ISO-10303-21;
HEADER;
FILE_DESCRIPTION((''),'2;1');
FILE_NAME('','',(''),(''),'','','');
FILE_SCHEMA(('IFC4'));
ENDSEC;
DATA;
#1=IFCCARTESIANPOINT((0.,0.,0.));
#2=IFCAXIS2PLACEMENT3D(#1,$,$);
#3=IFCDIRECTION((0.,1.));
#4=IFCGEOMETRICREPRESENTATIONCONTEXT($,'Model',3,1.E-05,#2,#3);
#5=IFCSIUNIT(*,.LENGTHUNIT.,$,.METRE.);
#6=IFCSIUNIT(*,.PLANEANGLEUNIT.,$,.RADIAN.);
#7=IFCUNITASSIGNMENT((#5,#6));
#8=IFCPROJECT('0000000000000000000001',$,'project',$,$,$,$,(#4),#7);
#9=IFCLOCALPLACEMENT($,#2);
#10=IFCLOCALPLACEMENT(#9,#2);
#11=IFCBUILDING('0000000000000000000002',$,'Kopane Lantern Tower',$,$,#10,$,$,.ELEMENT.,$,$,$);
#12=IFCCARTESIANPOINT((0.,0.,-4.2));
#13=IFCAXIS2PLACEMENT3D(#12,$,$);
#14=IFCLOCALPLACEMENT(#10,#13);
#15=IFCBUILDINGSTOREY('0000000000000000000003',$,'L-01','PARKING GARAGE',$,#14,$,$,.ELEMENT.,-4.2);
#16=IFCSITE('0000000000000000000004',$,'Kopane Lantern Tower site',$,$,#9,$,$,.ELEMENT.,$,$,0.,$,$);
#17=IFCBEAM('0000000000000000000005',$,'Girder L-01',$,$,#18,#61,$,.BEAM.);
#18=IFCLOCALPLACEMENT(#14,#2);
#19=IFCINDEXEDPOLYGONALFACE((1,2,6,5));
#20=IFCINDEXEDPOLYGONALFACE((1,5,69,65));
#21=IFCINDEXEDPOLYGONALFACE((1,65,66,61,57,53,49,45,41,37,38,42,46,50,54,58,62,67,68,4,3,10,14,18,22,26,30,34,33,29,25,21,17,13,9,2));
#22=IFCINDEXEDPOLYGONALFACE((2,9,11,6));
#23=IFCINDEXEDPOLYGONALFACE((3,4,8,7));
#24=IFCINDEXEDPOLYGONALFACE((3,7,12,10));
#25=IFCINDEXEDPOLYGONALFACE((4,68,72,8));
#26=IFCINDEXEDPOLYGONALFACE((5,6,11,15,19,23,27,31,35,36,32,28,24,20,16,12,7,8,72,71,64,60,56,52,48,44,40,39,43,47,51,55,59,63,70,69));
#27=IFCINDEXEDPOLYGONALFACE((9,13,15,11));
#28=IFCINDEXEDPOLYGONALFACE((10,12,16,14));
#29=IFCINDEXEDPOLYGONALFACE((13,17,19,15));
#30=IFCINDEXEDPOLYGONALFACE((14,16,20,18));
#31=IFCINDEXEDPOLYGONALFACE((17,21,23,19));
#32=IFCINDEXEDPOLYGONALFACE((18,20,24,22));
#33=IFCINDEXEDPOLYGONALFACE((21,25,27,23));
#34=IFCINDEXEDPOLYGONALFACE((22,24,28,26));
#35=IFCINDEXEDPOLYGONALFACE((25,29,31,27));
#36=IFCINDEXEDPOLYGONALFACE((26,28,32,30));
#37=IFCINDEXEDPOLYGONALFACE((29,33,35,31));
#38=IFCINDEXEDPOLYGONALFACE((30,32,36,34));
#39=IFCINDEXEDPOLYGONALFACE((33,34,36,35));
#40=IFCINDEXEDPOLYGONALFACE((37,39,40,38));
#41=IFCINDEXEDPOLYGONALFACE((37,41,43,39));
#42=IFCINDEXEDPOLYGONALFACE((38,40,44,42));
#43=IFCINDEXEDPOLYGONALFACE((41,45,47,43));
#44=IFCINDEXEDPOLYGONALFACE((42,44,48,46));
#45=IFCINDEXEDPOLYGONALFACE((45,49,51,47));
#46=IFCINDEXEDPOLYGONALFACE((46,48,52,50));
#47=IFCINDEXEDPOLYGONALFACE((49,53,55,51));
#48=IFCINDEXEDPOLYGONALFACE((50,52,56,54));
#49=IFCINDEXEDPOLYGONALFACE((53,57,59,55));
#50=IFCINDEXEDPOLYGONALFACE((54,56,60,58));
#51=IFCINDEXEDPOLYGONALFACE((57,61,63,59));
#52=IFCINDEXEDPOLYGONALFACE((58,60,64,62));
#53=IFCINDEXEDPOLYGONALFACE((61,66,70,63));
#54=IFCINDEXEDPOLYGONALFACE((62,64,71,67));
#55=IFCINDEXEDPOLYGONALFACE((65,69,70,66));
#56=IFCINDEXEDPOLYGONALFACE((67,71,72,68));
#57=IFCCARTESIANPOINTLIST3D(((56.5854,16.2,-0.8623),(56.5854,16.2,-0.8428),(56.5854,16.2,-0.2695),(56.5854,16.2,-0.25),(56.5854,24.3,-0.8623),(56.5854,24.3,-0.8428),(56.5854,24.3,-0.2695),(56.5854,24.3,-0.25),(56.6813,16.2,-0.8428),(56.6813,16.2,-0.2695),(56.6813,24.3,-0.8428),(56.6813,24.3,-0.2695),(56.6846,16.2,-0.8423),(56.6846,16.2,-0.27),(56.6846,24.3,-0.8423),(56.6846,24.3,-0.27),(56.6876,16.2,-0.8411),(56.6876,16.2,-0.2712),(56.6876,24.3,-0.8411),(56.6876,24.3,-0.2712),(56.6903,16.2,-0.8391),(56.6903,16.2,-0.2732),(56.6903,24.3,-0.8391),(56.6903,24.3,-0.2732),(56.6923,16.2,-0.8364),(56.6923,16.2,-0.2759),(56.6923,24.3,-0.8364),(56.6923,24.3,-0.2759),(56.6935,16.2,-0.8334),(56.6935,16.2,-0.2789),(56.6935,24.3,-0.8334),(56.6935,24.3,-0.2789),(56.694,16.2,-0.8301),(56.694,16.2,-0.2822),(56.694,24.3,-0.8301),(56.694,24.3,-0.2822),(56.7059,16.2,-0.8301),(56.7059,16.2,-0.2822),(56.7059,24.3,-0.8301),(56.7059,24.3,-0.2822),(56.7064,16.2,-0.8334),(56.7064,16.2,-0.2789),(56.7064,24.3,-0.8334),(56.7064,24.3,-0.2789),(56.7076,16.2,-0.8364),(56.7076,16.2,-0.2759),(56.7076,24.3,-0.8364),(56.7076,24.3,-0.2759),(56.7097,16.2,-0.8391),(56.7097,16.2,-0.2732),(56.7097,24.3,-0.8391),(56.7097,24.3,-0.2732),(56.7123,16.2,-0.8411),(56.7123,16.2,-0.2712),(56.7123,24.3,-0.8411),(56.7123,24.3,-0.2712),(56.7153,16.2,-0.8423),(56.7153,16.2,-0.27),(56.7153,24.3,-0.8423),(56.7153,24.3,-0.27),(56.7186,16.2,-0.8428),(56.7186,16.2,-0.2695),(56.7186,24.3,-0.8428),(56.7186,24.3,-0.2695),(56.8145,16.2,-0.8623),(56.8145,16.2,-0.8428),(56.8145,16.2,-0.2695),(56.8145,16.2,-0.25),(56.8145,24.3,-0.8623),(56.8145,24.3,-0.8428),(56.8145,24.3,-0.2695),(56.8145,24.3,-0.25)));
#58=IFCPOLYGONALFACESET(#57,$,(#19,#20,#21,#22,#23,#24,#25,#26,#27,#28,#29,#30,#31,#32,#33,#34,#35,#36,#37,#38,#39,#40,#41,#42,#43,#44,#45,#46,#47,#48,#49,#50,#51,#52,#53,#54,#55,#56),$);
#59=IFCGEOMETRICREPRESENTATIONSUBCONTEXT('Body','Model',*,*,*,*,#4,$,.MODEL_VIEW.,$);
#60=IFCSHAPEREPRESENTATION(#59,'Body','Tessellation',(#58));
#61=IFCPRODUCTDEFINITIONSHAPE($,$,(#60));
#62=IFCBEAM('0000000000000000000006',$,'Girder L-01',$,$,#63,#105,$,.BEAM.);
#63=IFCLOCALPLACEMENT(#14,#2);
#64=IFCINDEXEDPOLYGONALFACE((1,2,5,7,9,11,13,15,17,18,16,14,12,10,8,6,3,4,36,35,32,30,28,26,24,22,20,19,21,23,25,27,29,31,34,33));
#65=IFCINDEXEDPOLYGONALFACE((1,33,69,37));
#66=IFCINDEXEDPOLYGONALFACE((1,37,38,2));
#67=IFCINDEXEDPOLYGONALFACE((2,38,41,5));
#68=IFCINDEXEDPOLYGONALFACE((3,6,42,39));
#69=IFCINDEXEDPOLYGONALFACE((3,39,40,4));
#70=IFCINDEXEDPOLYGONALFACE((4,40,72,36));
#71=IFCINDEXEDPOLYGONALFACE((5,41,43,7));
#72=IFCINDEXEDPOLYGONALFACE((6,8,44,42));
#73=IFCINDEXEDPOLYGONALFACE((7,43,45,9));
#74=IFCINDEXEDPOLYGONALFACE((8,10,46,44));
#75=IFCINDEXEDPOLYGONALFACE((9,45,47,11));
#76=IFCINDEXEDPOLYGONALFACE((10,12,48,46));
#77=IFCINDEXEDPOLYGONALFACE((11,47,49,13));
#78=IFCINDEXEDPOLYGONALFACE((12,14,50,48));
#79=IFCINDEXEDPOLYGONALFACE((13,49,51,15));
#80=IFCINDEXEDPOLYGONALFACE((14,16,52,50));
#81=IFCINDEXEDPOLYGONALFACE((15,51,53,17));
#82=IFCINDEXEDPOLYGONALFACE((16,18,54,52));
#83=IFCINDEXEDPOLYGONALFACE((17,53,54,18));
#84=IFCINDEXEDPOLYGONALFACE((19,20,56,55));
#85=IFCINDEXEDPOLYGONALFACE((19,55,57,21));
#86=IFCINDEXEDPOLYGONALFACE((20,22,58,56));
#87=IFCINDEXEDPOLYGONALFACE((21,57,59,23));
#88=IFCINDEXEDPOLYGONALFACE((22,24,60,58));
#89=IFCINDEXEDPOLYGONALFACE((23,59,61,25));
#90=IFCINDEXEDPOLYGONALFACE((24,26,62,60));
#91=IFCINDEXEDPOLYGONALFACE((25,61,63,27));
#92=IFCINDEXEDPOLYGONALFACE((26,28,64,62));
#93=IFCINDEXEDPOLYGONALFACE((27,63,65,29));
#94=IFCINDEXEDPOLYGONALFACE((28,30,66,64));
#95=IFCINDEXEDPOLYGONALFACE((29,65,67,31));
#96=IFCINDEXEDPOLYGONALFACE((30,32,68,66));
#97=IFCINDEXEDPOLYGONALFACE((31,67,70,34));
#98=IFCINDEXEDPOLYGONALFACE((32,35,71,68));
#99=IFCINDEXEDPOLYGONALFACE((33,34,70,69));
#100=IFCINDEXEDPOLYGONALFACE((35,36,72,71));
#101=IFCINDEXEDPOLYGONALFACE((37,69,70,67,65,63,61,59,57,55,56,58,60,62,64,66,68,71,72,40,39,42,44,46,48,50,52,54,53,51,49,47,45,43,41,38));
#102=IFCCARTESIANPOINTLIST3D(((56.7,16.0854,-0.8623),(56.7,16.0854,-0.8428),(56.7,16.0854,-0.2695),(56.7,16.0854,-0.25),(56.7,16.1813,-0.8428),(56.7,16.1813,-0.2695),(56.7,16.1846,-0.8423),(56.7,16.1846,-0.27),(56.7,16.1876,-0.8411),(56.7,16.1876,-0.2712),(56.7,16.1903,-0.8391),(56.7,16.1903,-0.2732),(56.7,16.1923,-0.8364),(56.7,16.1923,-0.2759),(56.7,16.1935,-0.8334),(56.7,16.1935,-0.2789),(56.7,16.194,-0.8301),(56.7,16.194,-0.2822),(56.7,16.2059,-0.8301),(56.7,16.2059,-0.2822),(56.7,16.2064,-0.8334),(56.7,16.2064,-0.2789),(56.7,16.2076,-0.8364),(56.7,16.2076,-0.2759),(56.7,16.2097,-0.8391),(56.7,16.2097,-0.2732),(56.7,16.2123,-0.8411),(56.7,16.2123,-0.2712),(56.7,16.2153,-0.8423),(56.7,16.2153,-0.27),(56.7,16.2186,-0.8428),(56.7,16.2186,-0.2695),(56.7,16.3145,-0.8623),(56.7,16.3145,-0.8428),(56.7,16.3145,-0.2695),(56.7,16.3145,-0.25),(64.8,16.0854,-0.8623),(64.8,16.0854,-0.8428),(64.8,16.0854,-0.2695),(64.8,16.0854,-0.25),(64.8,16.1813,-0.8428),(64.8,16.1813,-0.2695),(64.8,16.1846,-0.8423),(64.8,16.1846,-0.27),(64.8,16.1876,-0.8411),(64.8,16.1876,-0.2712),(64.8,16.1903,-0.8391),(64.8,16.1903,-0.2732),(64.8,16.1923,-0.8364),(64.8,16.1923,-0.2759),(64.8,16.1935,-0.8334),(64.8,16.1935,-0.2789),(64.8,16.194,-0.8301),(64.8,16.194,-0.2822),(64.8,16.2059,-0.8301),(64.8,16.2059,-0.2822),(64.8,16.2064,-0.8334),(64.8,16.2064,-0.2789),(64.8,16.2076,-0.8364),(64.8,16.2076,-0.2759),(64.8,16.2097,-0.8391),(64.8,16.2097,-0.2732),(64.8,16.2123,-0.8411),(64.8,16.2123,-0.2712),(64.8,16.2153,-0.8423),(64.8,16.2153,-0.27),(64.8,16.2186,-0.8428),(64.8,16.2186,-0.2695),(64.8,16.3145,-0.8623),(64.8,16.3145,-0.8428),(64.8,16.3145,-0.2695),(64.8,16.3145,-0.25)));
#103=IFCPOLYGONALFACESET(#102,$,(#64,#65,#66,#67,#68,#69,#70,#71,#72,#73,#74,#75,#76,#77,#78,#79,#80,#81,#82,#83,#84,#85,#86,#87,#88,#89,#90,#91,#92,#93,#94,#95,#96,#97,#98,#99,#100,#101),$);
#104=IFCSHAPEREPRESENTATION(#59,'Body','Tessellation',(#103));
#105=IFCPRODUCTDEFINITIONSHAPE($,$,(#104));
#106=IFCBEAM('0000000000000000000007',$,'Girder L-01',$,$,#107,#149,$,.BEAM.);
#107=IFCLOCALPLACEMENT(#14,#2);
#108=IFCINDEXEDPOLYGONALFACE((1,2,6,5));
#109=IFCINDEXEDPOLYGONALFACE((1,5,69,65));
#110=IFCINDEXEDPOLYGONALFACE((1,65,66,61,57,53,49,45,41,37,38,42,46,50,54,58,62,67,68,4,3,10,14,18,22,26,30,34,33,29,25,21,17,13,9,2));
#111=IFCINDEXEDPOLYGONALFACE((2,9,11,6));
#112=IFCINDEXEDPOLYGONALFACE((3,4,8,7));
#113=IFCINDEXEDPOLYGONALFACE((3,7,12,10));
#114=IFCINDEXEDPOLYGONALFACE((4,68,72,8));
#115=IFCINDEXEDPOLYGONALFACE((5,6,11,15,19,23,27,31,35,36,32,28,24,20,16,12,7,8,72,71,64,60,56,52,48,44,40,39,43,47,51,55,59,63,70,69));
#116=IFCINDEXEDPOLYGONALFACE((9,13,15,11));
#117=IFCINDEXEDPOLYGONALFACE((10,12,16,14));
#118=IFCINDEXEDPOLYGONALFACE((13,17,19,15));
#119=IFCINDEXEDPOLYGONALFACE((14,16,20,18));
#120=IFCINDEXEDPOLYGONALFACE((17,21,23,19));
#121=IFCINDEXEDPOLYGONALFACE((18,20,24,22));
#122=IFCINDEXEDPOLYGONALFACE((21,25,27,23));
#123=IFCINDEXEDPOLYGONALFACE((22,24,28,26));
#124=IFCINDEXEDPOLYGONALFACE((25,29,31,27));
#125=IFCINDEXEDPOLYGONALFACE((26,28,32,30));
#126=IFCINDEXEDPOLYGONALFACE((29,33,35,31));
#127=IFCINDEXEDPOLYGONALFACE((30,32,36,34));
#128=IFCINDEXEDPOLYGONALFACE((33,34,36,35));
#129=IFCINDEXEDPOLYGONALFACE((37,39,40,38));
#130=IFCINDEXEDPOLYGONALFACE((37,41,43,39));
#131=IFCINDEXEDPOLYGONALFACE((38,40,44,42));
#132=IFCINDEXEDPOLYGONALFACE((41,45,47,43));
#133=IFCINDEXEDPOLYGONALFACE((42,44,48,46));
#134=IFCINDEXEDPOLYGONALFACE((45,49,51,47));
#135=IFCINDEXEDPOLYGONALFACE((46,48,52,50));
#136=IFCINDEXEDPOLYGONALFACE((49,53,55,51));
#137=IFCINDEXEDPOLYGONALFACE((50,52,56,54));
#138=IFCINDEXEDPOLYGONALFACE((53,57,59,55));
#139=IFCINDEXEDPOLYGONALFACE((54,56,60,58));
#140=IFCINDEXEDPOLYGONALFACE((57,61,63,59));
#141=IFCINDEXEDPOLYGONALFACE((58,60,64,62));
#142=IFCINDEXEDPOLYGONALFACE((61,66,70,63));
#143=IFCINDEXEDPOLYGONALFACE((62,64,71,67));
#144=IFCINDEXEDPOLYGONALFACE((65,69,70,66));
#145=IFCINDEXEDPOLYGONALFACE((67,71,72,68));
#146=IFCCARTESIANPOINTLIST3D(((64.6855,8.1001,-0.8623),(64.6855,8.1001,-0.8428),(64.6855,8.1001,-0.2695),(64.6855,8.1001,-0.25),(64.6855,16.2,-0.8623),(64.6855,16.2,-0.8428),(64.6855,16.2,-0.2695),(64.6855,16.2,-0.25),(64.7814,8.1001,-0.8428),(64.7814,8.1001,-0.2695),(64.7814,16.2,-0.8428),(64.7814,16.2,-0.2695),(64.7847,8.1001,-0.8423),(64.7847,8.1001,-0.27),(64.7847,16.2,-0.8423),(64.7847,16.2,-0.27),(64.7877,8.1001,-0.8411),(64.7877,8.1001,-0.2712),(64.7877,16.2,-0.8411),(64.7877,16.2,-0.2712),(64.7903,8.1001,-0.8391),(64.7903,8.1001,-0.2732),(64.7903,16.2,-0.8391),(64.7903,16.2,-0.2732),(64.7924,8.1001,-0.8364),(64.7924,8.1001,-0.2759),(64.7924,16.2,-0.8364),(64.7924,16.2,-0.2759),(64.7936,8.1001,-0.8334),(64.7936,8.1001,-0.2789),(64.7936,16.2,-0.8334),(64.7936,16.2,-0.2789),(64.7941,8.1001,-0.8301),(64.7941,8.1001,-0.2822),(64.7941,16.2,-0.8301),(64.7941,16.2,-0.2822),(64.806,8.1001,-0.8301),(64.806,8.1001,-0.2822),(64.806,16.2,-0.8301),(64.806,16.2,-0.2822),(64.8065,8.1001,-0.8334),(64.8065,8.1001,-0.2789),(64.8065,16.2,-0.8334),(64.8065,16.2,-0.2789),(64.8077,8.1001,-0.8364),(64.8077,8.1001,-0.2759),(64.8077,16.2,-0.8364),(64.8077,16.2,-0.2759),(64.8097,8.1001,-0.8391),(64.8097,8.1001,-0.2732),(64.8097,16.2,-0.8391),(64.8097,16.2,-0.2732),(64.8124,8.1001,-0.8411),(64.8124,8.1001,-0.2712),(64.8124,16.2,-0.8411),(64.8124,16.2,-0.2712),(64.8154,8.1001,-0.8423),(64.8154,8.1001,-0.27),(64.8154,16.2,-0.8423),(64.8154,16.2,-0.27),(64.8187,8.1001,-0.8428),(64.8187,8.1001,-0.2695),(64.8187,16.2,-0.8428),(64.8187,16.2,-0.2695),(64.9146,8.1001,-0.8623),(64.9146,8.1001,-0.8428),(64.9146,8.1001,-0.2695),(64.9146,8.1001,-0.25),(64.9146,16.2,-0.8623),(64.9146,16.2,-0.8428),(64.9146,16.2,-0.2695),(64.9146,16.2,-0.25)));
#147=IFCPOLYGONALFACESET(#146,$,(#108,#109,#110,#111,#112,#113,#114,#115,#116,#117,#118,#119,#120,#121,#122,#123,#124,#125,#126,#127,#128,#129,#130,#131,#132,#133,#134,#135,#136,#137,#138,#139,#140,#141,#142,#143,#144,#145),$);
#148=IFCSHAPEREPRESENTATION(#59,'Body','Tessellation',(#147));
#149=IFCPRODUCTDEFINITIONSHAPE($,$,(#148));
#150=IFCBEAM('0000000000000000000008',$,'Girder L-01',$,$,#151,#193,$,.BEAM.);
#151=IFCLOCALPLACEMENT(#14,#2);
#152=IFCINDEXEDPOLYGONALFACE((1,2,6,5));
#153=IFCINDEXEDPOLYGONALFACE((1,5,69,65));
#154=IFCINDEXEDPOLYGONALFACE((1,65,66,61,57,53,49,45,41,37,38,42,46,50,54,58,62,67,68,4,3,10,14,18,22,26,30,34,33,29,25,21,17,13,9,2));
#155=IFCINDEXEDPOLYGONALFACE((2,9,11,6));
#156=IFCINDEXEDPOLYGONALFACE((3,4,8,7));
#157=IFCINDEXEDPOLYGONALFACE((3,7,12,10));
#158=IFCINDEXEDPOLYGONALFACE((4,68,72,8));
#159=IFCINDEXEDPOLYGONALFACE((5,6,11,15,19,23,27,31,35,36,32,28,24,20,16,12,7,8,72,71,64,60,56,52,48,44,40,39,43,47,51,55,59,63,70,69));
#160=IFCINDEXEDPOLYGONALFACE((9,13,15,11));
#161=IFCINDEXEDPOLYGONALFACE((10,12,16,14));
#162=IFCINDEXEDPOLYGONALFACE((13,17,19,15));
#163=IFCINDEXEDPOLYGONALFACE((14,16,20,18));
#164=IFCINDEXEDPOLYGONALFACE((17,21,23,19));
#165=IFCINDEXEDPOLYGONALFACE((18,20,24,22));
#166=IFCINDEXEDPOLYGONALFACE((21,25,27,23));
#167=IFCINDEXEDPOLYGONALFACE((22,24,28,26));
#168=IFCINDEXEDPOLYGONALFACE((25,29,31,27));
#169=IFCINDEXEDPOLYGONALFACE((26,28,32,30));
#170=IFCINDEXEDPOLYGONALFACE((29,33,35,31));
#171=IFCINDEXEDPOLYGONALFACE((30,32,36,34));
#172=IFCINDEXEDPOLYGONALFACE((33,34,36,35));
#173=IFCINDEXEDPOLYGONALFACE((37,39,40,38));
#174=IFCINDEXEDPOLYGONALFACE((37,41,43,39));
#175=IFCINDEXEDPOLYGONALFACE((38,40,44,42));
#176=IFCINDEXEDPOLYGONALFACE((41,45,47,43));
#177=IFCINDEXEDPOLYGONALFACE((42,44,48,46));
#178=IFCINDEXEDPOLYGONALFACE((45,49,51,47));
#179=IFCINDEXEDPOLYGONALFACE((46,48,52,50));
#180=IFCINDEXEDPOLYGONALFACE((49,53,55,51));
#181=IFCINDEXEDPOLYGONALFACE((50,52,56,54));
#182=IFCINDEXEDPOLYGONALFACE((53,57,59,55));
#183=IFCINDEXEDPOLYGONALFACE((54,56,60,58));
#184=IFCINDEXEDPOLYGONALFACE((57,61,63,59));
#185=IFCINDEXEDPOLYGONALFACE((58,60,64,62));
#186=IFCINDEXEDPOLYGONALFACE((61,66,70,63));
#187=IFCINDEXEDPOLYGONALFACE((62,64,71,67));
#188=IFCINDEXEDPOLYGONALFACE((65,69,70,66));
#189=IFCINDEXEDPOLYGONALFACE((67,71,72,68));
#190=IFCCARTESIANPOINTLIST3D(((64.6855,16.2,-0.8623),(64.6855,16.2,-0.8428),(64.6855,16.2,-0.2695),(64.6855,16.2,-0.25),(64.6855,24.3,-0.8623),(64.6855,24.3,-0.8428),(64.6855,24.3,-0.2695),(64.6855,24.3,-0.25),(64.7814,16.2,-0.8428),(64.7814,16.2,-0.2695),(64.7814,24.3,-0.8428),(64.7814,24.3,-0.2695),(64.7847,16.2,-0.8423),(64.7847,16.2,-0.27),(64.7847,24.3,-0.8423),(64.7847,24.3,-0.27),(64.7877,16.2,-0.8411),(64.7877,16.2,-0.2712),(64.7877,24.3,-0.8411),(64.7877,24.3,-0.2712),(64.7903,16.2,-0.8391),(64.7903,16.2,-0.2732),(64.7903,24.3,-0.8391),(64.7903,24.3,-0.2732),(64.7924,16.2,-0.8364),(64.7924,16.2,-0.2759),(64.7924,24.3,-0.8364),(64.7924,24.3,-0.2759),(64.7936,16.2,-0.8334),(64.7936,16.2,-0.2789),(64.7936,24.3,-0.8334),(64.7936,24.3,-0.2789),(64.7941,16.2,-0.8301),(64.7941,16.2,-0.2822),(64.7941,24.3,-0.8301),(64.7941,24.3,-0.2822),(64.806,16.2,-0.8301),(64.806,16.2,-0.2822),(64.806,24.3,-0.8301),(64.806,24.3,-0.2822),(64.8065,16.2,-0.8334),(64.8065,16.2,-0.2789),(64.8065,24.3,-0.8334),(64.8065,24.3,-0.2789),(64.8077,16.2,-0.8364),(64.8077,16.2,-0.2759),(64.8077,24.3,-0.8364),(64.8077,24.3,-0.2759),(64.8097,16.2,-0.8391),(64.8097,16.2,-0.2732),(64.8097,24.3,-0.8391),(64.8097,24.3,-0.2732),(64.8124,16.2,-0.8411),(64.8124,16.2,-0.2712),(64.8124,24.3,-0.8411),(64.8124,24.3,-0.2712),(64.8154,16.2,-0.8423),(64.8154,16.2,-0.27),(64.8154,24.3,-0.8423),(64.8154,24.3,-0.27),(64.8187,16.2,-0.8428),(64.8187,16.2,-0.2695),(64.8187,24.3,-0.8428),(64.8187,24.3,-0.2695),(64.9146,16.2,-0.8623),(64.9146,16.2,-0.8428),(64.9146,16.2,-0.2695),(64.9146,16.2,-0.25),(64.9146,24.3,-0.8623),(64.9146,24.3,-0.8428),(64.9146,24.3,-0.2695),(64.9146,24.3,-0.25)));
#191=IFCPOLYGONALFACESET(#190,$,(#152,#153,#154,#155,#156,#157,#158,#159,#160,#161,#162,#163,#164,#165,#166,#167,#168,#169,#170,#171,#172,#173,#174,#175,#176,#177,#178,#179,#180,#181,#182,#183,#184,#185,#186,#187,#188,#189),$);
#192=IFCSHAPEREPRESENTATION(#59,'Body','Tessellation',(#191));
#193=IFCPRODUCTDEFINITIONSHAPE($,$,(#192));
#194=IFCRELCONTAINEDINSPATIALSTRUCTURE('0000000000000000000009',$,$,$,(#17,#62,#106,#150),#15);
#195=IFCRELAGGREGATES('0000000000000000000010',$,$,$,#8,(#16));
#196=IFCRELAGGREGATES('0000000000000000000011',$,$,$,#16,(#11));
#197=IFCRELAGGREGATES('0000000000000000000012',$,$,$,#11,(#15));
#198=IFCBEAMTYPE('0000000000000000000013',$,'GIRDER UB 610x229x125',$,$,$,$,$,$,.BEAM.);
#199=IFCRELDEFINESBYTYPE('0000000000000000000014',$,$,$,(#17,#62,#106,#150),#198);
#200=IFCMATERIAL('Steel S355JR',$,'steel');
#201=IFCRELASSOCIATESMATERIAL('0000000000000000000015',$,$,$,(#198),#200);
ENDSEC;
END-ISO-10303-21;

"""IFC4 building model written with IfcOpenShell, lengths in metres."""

from ifc_helpers import new_model, si_unit, direction, frame, origin, origin_2d, place, context, subcontext, project, spatial, i_section, extrude, material, material_profile, profile_set, type_object, element, save


model = new_model("IFC4")

# Units and contexts
model_context = context("Model", 3, precision=1e-05, world=origin(), true_north=direction((0.0, 1.0)))
body_context = subcontext(model_context, "Body", "Model", "MODEL_VIEW")
ifc_project = project(units=[si_unit("LENGTHUNIT", "METRE"), si_unit("PLANEANGLEUNIT", "RADIAN")], contexts=[model_context])

# Site, building, storey
site_placement = place(None, origin())
site = spatial("IfcSite", under=ifc_project, at=site_placement, Name="Kopane Lantern Tower site", CompositionType="ELEMENT", RefElevation=0.0)
building_placement = place(site_placement, origin())
building = spatial("IfcBuilding", under=site, at=building_placement, Name="Kopane Lantern Tower", CompositionType="ELEMENT")
storey_placement = place(building_placement, frame((0.0, 0.0, -4.2)))
storey = spatial("IfcBuildingStorey", under=building, at=storey_placement, Name="L-01", Description="PARKING GARAGE", CompositionType="ELEMENT", Elevation=-4.2)

# Beams
ifc_material_1 = material(Name="Steel S355JR", Category="steel")
ifc_material_profile_1 = material_profile(ifc_material_1, i_section(OverallWidth=0.229, OverallDepth=0.6123, WebThickness=0.012, FlangeThickness=0.0195, FilletRadius=0.0127, at=origin_2d()), Name="UB 610x229x125")
ifc_profile_set_1 = profile_set([ifc_material_profile_1], Name="Steel S355JR")
beam_type = type_object("IfcBeamType", Name="GIRDER UB 610x229x125", PredefinedType="BEAM", material=ifc_profile_set_1)
for number, where, z_axis, x_axis, name in (
    (1, (56.7, 16.2, -0.5562), (0.0, 1.0, 0.0), (-1.0, 0.0, 0.0), "Girder L-01"),
    (2, (56.7, 16.2, -0.5562), (1.0, 0.0, 0.0), (0.0, 1.0, 0.0), "Girder L-01"),
):
    element("IfcBeam", number, at=place(storey_placement, frame(where, z_axis=z_axis, x_axis=x_axis)), inside=storey, type_object=beam_type, Name=name, PredefinedType="BEAM", context=body_context, shape_type="SweptSolid", body=[
        extrude(i_section(OverallWidth=0.229, OverallDepth=0.6123, WebThickness=0.012, FlangeThickness=0.0195, FilletRadius=0.0127, at=origin_2d()), origin(), (0.0, 0.0, 1.0), 8.1001),
    ])
beam_1_placement = place(storey_placement, frame((64.8, 8.1001, -0.5562), z_axis=(0.0, 1.0, 0.0), x_axis=(-1.0, 0.0, 0.0)))
element("IfcBeam", 3, at=beam_1_placement, inside=storey, type_object=beam_type, Name="Girder L-01", PredefinedType="BEAM", context=body_context, shape_type="SweptSolid", body=[
    extrude(i_section(OverallWidth=0.229, OverallDepth=0.6123, WebThickness=0.012, FlangeThickness=0.0195, FilletRadius=0.0127, at=origin_2d()), origin(), (0.0, 0.0, 1.0), 8.0999),
])
beam_2_placement = place(storey_placement, frame((64.8, 16.2, -0.5562), z_axis=(0.0, 1.0, 0.0), x_axis=(-1.0, 0.0, 0.0)))
element("IfcBeam", 4, at=beam_2_placement, inside=storey, type_object=beam_type, Name="Girder L-01", PredefinedType="BEAM", context=body_context, shape_type="SweptSolid", body=[
    extrude(i_section(OverallWidth=0.229, OverallDepth=0.6123, WebThickness=0.012, FlangeThickness=0.0195, FilletRadius=0.0127, at=origin_2d()), origin(), (0.0, 0.0, 1.0), 8.1001),
])

save(model, "model.ifc")
